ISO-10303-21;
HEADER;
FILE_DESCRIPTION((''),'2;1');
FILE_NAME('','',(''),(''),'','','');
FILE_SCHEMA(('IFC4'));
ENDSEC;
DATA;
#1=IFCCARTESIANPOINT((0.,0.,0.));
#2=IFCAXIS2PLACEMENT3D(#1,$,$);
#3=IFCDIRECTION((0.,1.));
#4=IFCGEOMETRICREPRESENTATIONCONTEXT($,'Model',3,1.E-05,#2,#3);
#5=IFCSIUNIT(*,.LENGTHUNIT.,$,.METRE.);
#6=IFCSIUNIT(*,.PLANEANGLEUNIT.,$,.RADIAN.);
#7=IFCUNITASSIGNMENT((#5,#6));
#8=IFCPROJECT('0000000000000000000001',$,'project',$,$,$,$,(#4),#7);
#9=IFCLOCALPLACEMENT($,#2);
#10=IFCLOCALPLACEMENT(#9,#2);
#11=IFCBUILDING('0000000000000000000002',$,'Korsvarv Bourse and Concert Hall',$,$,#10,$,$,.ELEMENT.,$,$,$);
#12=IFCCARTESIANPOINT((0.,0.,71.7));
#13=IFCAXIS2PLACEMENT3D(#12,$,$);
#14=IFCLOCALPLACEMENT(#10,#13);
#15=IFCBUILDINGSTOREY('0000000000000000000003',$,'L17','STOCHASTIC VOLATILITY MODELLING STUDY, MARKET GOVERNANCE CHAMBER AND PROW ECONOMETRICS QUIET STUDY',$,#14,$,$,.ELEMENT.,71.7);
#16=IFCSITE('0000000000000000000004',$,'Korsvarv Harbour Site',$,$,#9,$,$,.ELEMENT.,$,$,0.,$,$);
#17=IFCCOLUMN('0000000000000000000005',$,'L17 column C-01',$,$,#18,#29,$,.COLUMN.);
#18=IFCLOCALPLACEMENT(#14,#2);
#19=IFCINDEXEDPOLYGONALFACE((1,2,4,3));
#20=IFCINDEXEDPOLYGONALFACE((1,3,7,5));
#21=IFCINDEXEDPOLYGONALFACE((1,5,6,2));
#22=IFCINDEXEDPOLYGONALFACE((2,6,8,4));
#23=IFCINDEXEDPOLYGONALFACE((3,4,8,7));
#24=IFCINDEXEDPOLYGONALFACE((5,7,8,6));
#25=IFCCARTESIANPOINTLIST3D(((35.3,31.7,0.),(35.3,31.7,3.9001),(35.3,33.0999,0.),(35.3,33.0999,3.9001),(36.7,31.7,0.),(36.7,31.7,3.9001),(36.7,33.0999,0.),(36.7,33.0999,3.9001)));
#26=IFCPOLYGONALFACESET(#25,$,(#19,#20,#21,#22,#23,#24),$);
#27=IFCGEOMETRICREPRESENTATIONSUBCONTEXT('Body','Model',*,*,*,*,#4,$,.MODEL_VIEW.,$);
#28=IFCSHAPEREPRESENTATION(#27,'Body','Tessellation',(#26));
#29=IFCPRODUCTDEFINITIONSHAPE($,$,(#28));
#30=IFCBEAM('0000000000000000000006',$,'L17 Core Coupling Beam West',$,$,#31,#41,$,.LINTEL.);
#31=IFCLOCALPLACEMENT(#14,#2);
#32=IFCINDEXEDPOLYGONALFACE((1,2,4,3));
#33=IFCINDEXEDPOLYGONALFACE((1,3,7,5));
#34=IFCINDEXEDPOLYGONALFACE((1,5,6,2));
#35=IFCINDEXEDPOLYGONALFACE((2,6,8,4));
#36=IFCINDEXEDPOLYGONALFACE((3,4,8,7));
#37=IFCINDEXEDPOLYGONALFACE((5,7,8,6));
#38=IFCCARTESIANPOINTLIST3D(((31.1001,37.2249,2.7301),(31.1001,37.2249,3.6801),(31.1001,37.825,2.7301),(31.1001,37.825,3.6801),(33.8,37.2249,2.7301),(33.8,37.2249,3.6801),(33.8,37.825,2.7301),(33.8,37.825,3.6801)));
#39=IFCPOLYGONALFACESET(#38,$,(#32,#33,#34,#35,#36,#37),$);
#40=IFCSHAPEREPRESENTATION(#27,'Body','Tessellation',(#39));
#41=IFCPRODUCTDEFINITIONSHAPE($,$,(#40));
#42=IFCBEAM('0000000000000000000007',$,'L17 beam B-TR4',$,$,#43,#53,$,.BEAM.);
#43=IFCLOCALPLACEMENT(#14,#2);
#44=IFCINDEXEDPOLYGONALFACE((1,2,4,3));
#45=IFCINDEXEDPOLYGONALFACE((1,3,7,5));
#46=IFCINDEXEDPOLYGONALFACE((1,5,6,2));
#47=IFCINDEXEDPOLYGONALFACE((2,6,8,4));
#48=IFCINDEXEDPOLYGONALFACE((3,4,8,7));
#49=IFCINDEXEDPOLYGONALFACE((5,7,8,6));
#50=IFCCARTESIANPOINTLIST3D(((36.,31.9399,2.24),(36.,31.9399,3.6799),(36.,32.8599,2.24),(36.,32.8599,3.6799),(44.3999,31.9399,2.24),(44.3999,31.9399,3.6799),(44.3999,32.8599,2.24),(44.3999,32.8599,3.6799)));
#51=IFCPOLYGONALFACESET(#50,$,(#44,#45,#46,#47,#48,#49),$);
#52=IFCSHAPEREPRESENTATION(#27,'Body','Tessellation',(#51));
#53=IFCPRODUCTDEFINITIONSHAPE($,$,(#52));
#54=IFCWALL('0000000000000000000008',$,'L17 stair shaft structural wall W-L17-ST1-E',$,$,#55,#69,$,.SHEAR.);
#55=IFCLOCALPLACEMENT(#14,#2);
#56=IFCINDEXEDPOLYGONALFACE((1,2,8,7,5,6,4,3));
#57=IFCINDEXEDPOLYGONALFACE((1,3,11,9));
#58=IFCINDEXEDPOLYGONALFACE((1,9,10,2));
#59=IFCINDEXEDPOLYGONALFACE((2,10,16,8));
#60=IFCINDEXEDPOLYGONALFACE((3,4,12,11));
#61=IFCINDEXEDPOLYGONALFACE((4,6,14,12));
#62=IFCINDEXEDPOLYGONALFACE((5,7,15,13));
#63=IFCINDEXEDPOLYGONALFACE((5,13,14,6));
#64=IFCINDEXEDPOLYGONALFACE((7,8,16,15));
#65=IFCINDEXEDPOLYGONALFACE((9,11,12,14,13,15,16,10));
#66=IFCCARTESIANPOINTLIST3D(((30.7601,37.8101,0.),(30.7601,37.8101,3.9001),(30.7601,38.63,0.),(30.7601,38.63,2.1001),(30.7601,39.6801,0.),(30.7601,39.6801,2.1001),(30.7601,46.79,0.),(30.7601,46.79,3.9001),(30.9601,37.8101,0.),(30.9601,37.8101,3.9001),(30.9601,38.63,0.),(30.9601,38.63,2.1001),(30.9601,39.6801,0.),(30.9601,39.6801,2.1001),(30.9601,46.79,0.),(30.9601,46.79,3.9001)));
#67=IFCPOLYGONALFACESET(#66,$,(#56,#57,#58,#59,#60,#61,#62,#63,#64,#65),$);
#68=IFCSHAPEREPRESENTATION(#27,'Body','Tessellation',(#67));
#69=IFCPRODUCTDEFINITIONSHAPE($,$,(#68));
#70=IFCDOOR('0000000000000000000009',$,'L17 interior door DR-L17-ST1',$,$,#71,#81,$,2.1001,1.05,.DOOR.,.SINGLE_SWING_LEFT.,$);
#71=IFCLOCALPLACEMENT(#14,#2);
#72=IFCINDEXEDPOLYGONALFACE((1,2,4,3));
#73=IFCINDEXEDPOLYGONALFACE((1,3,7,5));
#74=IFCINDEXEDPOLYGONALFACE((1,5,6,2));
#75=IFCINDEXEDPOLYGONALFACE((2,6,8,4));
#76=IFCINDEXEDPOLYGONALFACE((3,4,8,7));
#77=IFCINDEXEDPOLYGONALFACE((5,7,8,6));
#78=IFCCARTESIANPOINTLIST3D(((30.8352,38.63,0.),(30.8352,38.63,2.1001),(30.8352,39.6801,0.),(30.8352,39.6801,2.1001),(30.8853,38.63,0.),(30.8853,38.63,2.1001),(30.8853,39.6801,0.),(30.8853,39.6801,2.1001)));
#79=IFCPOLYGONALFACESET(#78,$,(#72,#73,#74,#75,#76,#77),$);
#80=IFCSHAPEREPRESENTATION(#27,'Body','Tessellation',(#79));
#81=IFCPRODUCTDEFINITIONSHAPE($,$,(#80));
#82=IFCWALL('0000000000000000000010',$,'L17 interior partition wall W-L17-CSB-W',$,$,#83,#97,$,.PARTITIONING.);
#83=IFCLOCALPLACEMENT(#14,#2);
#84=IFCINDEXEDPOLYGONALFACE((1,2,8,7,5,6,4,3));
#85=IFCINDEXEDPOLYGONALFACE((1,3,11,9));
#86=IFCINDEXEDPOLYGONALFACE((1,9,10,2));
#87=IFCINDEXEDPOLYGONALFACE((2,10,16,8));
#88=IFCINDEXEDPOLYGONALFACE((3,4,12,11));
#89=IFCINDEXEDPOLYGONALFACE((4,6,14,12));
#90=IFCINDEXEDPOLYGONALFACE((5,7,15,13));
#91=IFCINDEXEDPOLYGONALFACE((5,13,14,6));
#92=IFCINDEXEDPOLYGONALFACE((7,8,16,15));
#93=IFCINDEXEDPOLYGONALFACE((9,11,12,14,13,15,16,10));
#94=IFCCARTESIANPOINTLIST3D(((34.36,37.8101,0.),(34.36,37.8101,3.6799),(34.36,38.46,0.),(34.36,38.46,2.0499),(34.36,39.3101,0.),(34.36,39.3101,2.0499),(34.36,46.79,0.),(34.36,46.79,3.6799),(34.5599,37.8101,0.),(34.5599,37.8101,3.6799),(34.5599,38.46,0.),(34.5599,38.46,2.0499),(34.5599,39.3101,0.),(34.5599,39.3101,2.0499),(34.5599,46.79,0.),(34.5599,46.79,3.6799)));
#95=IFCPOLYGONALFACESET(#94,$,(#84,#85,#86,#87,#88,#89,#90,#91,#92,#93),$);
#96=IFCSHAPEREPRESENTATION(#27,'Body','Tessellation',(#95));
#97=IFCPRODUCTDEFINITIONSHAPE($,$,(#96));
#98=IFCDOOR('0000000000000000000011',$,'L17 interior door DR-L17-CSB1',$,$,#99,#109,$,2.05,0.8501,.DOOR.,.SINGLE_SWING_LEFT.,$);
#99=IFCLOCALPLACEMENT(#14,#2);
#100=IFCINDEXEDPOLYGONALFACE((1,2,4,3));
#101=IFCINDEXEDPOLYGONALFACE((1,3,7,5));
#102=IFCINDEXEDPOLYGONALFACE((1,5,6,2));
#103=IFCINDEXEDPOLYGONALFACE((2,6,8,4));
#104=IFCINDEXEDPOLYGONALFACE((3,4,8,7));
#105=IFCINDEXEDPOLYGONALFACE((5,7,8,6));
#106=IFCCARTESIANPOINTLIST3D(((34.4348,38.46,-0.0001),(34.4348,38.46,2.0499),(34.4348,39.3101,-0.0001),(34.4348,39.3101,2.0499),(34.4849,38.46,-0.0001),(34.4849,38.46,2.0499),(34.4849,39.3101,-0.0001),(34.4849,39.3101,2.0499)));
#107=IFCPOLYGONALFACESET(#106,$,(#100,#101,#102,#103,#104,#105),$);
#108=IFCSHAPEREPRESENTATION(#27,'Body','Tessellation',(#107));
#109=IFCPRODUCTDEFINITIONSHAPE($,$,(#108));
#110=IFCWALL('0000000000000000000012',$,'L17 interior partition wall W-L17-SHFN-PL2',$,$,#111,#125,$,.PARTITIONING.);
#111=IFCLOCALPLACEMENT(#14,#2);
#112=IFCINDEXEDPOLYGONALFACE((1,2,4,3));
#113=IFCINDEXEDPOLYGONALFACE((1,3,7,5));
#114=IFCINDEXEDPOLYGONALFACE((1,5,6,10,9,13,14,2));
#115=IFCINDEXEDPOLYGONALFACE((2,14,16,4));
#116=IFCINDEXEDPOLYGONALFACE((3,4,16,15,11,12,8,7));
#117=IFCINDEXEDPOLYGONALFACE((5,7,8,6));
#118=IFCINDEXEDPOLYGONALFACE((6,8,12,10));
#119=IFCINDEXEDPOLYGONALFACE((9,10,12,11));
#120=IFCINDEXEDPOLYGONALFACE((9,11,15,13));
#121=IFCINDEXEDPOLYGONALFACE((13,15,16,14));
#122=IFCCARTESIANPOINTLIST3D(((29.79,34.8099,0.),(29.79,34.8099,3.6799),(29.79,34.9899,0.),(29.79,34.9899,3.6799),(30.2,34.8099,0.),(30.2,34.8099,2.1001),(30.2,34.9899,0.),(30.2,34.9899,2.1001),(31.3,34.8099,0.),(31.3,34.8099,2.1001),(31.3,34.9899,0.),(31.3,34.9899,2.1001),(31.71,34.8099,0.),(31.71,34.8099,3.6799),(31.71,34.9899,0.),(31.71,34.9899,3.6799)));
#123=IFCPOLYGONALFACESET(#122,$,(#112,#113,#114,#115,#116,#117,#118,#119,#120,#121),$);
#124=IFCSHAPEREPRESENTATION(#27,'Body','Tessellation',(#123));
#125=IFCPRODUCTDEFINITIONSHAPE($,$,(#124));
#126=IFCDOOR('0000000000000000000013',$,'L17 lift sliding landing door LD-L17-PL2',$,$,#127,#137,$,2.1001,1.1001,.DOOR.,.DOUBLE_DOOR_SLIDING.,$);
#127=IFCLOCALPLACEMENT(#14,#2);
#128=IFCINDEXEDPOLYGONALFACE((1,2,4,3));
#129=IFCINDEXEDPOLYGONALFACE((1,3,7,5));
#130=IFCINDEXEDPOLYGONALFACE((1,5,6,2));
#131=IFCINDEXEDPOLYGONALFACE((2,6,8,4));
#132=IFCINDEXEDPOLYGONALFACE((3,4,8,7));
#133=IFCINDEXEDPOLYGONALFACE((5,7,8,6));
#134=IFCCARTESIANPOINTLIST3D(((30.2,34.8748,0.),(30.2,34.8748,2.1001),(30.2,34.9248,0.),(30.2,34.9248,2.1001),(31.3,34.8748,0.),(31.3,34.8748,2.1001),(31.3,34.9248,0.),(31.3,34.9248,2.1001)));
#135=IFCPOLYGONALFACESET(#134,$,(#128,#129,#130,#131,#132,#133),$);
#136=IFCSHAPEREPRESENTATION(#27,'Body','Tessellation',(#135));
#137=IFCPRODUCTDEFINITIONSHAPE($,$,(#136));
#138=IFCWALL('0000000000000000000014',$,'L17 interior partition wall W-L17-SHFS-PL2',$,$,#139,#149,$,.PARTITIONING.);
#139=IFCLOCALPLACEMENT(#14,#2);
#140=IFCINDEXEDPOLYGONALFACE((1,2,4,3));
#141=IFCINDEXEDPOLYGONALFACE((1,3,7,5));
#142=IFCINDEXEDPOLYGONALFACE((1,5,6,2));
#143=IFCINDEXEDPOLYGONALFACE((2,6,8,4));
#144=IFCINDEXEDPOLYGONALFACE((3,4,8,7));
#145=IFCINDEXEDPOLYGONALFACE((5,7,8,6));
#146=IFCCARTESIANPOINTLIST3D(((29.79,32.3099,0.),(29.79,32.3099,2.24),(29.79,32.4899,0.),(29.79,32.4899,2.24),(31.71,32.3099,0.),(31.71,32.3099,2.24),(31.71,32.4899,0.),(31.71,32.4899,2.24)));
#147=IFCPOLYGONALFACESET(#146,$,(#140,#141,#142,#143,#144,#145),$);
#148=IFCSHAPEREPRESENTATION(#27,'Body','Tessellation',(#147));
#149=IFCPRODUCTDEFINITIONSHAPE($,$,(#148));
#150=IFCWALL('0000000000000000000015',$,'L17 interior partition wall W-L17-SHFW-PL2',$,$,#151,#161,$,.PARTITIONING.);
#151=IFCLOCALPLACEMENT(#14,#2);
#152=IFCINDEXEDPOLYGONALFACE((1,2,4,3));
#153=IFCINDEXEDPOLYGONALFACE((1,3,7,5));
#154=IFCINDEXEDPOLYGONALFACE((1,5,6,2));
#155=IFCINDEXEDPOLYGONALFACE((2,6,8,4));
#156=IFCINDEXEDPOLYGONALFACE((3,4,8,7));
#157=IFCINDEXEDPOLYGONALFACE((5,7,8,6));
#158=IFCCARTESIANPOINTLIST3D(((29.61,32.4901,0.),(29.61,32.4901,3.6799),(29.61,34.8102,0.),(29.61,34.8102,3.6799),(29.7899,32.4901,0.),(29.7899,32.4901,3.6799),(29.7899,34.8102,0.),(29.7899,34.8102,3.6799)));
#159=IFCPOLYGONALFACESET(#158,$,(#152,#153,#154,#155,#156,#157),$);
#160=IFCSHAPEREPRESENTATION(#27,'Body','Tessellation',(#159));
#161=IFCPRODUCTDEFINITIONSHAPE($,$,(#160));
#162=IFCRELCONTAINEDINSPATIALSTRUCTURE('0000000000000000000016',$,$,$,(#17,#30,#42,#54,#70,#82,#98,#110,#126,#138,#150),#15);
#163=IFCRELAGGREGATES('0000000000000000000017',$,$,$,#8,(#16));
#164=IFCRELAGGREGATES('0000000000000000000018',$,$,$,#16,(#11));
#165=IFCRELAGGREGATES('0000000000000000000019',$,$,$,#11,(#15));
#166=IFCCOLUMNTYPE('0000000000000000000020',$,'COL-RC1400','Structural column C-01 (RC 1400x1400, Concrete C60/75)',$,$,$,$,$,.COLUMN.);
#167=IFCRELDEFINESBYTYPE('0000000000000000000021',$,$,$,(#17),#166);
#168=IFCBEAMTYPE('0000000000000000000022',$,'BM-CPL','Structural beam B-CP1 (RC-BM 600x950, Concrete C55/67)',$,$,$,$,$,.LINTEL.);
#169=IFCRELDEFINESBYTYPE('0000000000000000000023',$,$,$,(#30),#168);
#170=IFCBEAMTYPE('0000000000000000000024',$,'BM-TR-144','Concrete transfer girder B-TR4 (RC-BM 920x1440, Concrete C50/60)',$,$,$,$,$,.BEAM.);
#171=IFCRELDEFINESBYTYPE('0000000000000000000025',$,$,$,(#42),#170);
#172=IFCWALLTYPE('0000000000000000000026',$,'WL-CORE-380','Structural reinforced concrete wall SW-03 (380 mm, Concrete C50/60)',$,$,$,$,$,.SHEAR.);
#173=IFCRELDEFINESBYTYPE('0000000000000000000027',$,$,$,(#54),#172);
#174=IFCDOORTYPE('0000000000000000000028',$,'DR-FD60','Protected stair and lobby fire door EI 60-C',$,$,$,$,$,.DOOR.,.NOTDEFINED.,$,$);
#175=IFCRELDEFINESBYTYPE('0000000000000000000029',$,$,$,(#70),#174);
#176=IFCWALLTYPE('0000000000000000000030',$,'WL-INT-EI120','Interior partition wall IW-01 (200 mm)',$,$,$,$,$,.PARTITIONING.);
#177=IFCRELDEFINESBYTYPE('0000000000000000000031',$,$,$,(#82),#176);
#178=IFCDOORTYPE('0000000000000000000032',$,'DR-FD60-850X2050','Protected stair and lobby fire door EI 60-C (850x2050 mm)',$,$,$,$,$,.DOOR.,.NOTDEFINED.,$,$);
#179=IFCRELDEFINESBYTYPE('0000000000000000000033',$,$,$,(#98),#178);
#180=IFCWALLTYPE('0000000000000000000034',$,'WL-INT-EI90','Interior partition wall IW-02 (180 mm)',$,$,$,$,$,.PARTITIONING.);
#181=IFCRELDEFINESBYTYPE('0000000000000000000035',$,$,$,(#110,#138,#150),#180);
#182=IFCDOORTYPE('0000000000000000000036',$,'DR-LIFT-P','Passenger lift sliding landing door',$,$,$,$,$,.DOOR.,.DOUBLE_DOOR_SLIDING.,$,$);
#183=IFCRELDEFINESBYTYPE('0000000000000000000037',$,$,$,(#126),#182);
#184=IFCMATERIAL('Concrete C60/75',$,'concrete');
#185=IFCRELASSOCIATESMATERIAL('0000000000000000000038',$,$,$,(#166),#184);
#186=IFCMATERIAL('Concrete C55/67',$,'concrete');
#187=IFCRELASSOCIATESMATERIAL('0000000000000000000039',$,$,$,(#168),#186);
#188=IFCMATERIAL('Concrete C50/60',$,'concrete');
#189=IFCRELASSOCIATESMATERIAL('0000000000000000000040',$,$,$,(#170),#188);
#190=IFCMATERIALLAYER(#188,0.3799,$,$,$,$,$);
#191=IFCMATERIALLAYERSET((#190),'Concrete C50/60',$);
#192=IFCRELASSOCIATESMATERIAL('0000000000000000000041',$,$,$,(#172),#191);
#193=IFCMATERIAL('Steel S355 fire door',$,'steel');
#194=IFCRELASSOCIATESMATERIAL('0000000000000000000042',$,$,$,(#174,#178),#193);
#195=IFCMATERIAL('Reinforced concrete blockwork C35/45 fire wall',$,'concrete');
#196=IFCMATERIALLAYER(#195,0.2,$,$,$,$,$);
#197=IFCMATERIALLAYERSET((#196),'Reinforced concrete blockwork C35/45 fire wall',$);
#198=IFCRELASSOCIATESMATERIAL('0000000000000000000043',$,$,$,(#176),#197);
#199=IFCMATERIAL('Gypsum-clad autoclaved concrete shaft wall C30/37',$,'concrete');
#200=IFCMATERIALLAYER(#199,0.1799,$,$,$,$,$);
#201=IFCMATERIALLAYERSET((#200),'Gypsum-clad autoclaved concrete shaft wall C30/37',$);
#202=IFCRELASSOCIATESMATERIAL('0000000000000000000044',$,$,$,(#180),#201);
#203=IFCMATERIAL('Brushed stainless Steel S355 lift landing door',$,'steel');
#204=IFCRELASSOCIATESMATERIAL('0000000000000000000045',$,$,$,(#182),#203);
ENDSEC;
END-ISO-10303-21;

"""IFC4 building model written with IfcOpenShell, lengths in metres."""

from ifc_helpers import new_model, si_unit, direction, frame, frame_2d, origin, origin_2d, place, context, subcontext, project, spatial, rectangle, extrude, source, transform, mapped, material, layer, layer_set, material_profile, profile_set, type_object, element, fill, save


model = new_model("IFC4")

# Units and contexts
model_context = context("Model", 3, precision=1e-05, world=origin(), true_north=direction((0.0, 1.0)))
body_context = subcontext(model_context, "Body", "Model", "MODEL_VIEW")
ifc_project = project(units=[si_unit("LENGTHUNIT", "METRE"), si_unit("PLANEANGLEUNIT", "RADIAN")], contexts=[model_context])

# Site, building, storey
site_placement = place(None, origin())
site = spatial("IfcSite", under=ifc_project, at=site_placement, Name="Korsvarv Harbour Site", CompositionType="ELEMENT", RefElevation=0.0)
building_placement = place(site_placement, origin())
building = spatial("IfcBuilding", under=site, at=building_placement, Name="Korsvarv Bourse and Concert Hall", CompositionType="ELEMENT")
storey_placement = place(building_placement, frame((0.0, 0.0, 71.7)))
storey = spatial("IfcBuildingStorey", under=building, at=storey_placement, Name="L17", Description="STOCHASTIC VOLATILITY MODELLING STUDY, MARKET GOVERNANCE CHAMBER AND PROW ECONOMETRICS QUIET STUDY", CompositionType="ELEMENT", Elevation=71.7)

# Column
ifc_material_1 = material(Name="Concrete C60/75", Category="concrete")
ifc_material_profile_1 = material_profile(ifc_material_1, rectangle(XDim=1.3999, YDim=1.3999, at=origin_2d()), Name="RC 1400x1400")
ifc_profile_set_1 = profile_set([ifc_material_profile_1], Name="Concrete C60/75")
column_type = type_object("IfcColumnType", Name="COL-RC1400", Description="Structural column C-01 (RC 1400x1400, Concrete C60/75)", PredefinedType="COLUMN", material=ifc_profile_set_1)
shared_shape_1 = source(origin(), body_context, "Body", "SweptSolid", [
    extrude(rectangle(XDim=1.3999, YDim=1.3999, at=origin_2d()), origin(), (0.0, 0.0, 1.0), 3.9001),
])
column_placement = place(storey_placement, frame((36.0, 32.3999, 0.0), z_axis=(0.0, 0.0, 1.0), x_axis=(1.0, 0.0, 0.0)))
element("IfcColumn", 1, at=column_placement, inside=storey, type_object=column_type, Name="L17 column C-01", PredefinedType="COLUMN", context=body_context, shape_type="MappedRepresentation", body=[
    mapped(shared_shape_1, transform((0.0, 0.0, 0.0), scale=1.0)),
])

# Beams
ifc_material_2 = material(Name="Concrete C55/67", Category="concrete")
ifc_material_profile_2 = material_profile(ifc_material_2, rectangle(XDim=0.6001, YDim=0.95, at=origin_2d()), Name="RC-BM 600x950")
ifc_profile_set_2 = profile_set([ifc_material_profile_2], Name="Concrete C55/67")
beam_type_1 = type_object("IfcBeamType", Name="BM-CPL", Description="Structural beam B-CP1 (RC-BM 600x950, Concrete C55/67)", PredefinedType="LINTEL", material=ifc_profile_set_2)
shared_shape_2 = source(origin(), body_context, "Body", "SweptSolid", [
    extrude(rectangle(XDim=0.6001, YDim=0.95, at=origin_2d()), origin(), (0.0, 0.0, 1.0), 2.7),
])
beam_1_placement = place(storey_placement, frame((31.1001, 37.5249, 3.2051), z_axis=(1.0, 0.0, 0.0), x_axis=(0.0, 1.0, 0.0)))
element("IfcBeam", 2, at=beam_1_placement, inside=storey, type_object=beam_type_1, Name="L17 Core Coupling Beam West", PredefinedType="LINTEL", context=body_context, shape_type="MappedRepresentation", body=[
    mapped(shared_shape_2, transform((0.0, 0.0, 0.0), scale=1.0)),
])
ifc_material_3 = material(Name="Concrete C50/60", Category="concrete")
ifc_material_profile_3 = material_profile(ifc_material_3, rectangle(XDim=0.9199, YDim=1.4399, at=origin_2d()), Name="RC-BM 920x1440")
ifc_profile_set_3 = profile_set([ifc_material_profile_3], Name="Concrete C50/60")
beam_type_2 = type_object("IfcBeamType", Name="BM-TR-144", Description="Concrete transfer girder B-TR4 (RC-BM 920x1440, Concrete C50/60)", PredefinedType="BEAM", material=ifc_profile_set_3)
shared_shape_3 = source(origin(), body_context, "Body", "SweptSolid", [
    extrude(rectangle(XDim=0.9199, YDim=1.4399, at=origin_2d()), origin(), (0.0, 0.0, 1.0), 8.3999),
])
beam_2_placement = place(storey_placement, frame((36.0, 32.3999, 2.96), z_axis=(1.0, 0.0, 0.0), x_axis=(0.0, 1.0, 0.0)))
element("IfcBeam", 3, at=beam_2_placement, inside=storey, type_object=beam_type_2, Name="L17 beam B-TR4", PredefinedType="BEAM", context=body_context, shape_type="MappedRepresentation", body=[
    mapped(shared_shape_3, transform((0.0, 0.0, 0.0), scale=1.0)),
])

# Walls, openings, doors
ifc_layer_1 = layer(ifc_material_3, 0.3799)
ifc_layer_set_1 = layer_set([ifc_layer_1], Name="Concrete C50/60")
wall_type_1 = type_object("IfcWallType", Name="WL-CORE-380", Description="Structural reinforced concrete wall SW-03 (380 mm, Concrete C50/60)", PredefinedType="SHEAR", material=ifc_layer_set_1)
wall_1_placement = place(storey_placement, frame((30.8601, 37.8101, 0.0), z_axis=(0.0, 0.0, 1.0), x_axis=(0.0, 1.0, 0.0)))
wall_1 = element("IfcWall", 4, at=wall_1_placement, inside=storey, type_object=wall_type_1, Name="L17 stair shaft structural wall W-L17-ST1-E", PredefinedType="SHEAR", context=body_context, shape_type="SweptSolid", body=[
    extrude(rectangle(XDim=8.98, YDim=0.2, at=frame_2d((4.49, 0.0))), origin(), (0.0, 0.0, 1.0), 3.9001),
])
opening_1_placement = place(wall_1_placement, frame((0.8201, 0.0, 0.0)))
opening_1 = element("IfcOpeningElement", 5, at=opening_1_placement, cuts=wall_1, PredefinedType="OPENING", context=body_context, shape_type="SweptSolid", body=[
    extrude(rectangle(XDim=1.05, YDim=2.1001, at=frame_2d((0.5249, 1.05))), frame((0.0, 0.1099, 0.0), z_axis=(0.0, -1.0, 0.0), x_axis=(1.0, 0.0, 0.0)), (0.0, 0.0, 1.0), 0.22),
])
ifc_material_4 = material(Name="Steel S355 fire door", Category="steel")
door_type_1 = type_object("IfcDoorType", Name="DR-FD60", Description="Protected stair and lobby fire door EI 60-C", OperationType="NOTDEFINED", PredefinedType="DOOR", material=ifc_material_4)
door_1_placement = place(opening_1_placement, origin())
door_1 = element("IfcDoor", 6, at=door_1_placement, inside=storey, type_object=door_type_1, Name="L17 interior door DR-L17-ST1", OperationType="SINGLE_SWING_LEFT", OverallHeight=2.1001, OverallWidth=1.05, PredefinedType="DOOR", context=body_context, shape_type="SweptSolid", body=[
    extrude(rectangle(XDim=1.05, YDim=2.1001, at=frame_2d((0.5249, 1.05))), frame((0.0, 0.0249, 0.0), z_axis=(0.0, -1.0, 0.0), x_axis=(1.0, 0.0, 0.0)), (0.0, 0.0, 1.0), 0.05),
])
fill(opening_1, door_1)
ifc_material_5 = material(Name="Reinforced concrete blockwork C35/45 fire wall", Category="concrete")
ifc_layer_2 = layer(ifc_material_5, 0.2)
ifc_layer_set_2 = layer_set([ifc_layer_2], Name="Reinforced concrete blockwork C35/45 fire wall")
wall_type_2 = type_object("IfcWallType", Name="WL-INT-EI120", Description="Interior partition wall IW-01 (200 mm)", PredefinedType="PARTITIONING", material=ifc_layer_set_2)
wall_2_placement = place(storey_placement, frame((34.46, 37.8101, 0.0), z_axis=(0.0, 0.0, 1.0), x_axis=(0.0, 1.0, 0.0)))
wall_2 = element("IfcWall", 7, at=wall_2_placement, inside=storey, type_object=wall_type_2, Name="L17 interior partition wall W-L17-CSB-W", PredefinedType="PARTITIONING", context=body_context, shape_type="SweptSolid", body=[
    extrude(rectangle(XDim=8.98, YDim=0.2, at=frame_2d((4.49, 0.0))), origin(), (0.0, 0.0, 1.0), 3.6799),
])
opening_2_placement = place(wall_2_placement, frame((0.6499, 0.0, 0.0)))
opening_2 = element("IfcOpeningElement", 8, at=opening_2_placement, cuts=wall_2, PredefinedType="OPENING", context=body_context, shape_type="SweptSolid", body=[
    extrude(rectangle(XDim=0.8501, YDim=2.05, at=frame_2d((0.425, 1.0249))), frame((0.0, 0.1099, 0.0), z_axis=(0.0, -1.0, 0.0), x_axis=(1.0, 0.0, 0.0)), (0.0, 0.0, 1.0), 0.22),
])
door_type_2 = type_object("IfcDoorType", Name="DR-FD60-850X2050", Description="Protected stair and lobby fire door EI 60-C (850x2050 mm)", OperationType="NOTDEFINED", PredefinedType="DOOR", material=ifc_material_4)
door_2_placement = place(opening_2_placement, frame((0.8501, 0.0, 0.0), z_axis=(0.0, 0.0, 1.0), x_axis=(-1.0, 0.0, 0.0)))
door_2 = element("IfcDoor", 9, at=door_2_placement, inside=storey, type_object=door_type_2, Name="L17 interior door DR-L17-CSB1", OperationType="SINGLE_SWING_LEFT", OverallHeight=2.05, OverallWidth=0.8501, PredefinedType="DOOR", context=body_context, shape_type="SweptSolid", body=[
    extrude(rectangle(XDim=0.8501, YDim=2.05, at=frame_2d((0.425, 1.0249))), frame((0.0, 0.0249, 0.0), z_axis=(0.0, -1.0, 0.0), x_axis=(1.0, 0.0, 0.0)), (0.0, 0.0, 1.0), 0.05),
])
fill(opening_2, door_2)
ifc_material_6 = material(Name="Gypsum-clad autoclaved concrete shaft wall C30/37", Category="concrete")
ifc_layer_3 = layer(ifc_material_6, 0.1799)
ifc_layer_set_3 = layer_set([ifc_layer_3], Name="Gypsum-clad autoclaved concrete shaft wall C30/37")
wall_type_3 = type_object("IfcWallType", Name="WL-INT-EI90", Description="Interior partition wall IW-02 (180 mm)", PredefinedType="PARTITIONING", material=ifc_layer_set_3)
wall_3_placement = place(storey_placement, frame((29.79, 34.8999, 0.0), z_axis=(0.0, 0.0, 1.0), x_axis=(1.0, 0.0, 0.0)))
wall_3 = element("IfcWall", 10, at=wall_3_placement, inside=storey, type_object=wall_type_3, Name="L17 interior partition wall W-L17-SHFN-PL2", PredefinedType="PARTITIONING", context=body_context, shape_type="SweptSolid", body=[
    extrude(rectangle(XDim=1.9199, YDim=0.1799, at=frame_2d((0.96, 0.0))), origin(), (0.0, 0.0, 1.0), 3.6799),
])
opening_3_placement = place(wall_3_placement, frame((0.4099, 0.0, 0.0)))
opening_3 = element("IfcOpeningElement", 11, at=opening_3_placement, cuts=wall_3, PredefinedType="OPENING", context=body_context, shape_type="SweptSolid", body=[
    extrude(rectangle(XDim=1.1001, YDim=2.1001, at=frame_2d((0.55, 1.05))), frame((0.0, 0.1001, 0.0), z_axis=(0.0, -1.0, 0.0), x_axis=(1.0, 0.0, 0.0)), (0.0, 0.0, 1.0), 0.2),
])
ifc_material_7 = material(Name="Brushed stainless Steel S355 lift landing door", Category="steel")
door_type_3 = type_object("IfcDoorType", Name="DR-LIFT-P", Description="Passenger lift sliding landing door", OperationType="DOUBLE_DOOR_SLIDING", PredefinedType="DOOR", material=ifc_material_7)
door_3_placement = place(opening_3_placement, origin())
door_3 = element("IfcDoor", 12, at=door_3_placement, inside=storey, type_object=door_type_3, Name="L17 lift sliding landing door LD-L17-PL2", OperationType="DOUBLE_DOOR_SLIDING", OverallHeight=2.1001, OverallWidth=1.1001, PredefinedType="DOOR", context=body_context, shape_type="SweptSolid", body=[
    extrude(rectangle(XDim=1.1001, YDim=2.1001, at=frame_2d((0.55, 1.05))), frame((0.0, 0.0249, 0.0), z_axis=(0.0, -1.0, 0.0), x_axis=(1.0, 0.0, 0.0)), (0.0, 0.0, 1.0), 0.05),
])
fill(opening_3, door_3)

# Walls
wall_4_placement = place(storey_placement, frame((29.79, 32.3999, 0.0), z_axis=(0.0, 0.0, 1.0), x_axis=(1.0, 0.0, 0.0)))
element("IfcWall", 13, at=wall_4_placement, inside=storey, type_object=wall_type_3, Name="L17 interior partition wall W-L17-SHFS-PL2", PredefinedType="PARTITIONING", context=body_context, shape_type="SweptSolid", body=[
    extrude(rectangle(XDim=1.9199, YDim=0.1799, at=frame_2d((0.96, 0.0))), origin(), (0.0, 0.0, 1.0), 2.24),
])
wall_5_placement = place(storey_placement, frame((29.7, 32.49, 0.0), z_axis=(0.0, 0.0, 1.0), x_axis=(0.0, 1.0, 0.0)))
element("IfcWall", 14, at=wall_5_placement, inside=storey, type_object=wall_type_3, Name="L17 interior partition wall W-L17-SHFW-PL2", PredefinedType="PARTITIONING", context=body_context, shape_type="SweptSolid", body=[
    extrude(rectangle(XDim=2.3201, YDim=0.1799, at=frame_2d((1.1602, 0.0))), origin(), (0.0, 0.0, 1.0), 3.6799),
])

save(model, "model.ifc")
